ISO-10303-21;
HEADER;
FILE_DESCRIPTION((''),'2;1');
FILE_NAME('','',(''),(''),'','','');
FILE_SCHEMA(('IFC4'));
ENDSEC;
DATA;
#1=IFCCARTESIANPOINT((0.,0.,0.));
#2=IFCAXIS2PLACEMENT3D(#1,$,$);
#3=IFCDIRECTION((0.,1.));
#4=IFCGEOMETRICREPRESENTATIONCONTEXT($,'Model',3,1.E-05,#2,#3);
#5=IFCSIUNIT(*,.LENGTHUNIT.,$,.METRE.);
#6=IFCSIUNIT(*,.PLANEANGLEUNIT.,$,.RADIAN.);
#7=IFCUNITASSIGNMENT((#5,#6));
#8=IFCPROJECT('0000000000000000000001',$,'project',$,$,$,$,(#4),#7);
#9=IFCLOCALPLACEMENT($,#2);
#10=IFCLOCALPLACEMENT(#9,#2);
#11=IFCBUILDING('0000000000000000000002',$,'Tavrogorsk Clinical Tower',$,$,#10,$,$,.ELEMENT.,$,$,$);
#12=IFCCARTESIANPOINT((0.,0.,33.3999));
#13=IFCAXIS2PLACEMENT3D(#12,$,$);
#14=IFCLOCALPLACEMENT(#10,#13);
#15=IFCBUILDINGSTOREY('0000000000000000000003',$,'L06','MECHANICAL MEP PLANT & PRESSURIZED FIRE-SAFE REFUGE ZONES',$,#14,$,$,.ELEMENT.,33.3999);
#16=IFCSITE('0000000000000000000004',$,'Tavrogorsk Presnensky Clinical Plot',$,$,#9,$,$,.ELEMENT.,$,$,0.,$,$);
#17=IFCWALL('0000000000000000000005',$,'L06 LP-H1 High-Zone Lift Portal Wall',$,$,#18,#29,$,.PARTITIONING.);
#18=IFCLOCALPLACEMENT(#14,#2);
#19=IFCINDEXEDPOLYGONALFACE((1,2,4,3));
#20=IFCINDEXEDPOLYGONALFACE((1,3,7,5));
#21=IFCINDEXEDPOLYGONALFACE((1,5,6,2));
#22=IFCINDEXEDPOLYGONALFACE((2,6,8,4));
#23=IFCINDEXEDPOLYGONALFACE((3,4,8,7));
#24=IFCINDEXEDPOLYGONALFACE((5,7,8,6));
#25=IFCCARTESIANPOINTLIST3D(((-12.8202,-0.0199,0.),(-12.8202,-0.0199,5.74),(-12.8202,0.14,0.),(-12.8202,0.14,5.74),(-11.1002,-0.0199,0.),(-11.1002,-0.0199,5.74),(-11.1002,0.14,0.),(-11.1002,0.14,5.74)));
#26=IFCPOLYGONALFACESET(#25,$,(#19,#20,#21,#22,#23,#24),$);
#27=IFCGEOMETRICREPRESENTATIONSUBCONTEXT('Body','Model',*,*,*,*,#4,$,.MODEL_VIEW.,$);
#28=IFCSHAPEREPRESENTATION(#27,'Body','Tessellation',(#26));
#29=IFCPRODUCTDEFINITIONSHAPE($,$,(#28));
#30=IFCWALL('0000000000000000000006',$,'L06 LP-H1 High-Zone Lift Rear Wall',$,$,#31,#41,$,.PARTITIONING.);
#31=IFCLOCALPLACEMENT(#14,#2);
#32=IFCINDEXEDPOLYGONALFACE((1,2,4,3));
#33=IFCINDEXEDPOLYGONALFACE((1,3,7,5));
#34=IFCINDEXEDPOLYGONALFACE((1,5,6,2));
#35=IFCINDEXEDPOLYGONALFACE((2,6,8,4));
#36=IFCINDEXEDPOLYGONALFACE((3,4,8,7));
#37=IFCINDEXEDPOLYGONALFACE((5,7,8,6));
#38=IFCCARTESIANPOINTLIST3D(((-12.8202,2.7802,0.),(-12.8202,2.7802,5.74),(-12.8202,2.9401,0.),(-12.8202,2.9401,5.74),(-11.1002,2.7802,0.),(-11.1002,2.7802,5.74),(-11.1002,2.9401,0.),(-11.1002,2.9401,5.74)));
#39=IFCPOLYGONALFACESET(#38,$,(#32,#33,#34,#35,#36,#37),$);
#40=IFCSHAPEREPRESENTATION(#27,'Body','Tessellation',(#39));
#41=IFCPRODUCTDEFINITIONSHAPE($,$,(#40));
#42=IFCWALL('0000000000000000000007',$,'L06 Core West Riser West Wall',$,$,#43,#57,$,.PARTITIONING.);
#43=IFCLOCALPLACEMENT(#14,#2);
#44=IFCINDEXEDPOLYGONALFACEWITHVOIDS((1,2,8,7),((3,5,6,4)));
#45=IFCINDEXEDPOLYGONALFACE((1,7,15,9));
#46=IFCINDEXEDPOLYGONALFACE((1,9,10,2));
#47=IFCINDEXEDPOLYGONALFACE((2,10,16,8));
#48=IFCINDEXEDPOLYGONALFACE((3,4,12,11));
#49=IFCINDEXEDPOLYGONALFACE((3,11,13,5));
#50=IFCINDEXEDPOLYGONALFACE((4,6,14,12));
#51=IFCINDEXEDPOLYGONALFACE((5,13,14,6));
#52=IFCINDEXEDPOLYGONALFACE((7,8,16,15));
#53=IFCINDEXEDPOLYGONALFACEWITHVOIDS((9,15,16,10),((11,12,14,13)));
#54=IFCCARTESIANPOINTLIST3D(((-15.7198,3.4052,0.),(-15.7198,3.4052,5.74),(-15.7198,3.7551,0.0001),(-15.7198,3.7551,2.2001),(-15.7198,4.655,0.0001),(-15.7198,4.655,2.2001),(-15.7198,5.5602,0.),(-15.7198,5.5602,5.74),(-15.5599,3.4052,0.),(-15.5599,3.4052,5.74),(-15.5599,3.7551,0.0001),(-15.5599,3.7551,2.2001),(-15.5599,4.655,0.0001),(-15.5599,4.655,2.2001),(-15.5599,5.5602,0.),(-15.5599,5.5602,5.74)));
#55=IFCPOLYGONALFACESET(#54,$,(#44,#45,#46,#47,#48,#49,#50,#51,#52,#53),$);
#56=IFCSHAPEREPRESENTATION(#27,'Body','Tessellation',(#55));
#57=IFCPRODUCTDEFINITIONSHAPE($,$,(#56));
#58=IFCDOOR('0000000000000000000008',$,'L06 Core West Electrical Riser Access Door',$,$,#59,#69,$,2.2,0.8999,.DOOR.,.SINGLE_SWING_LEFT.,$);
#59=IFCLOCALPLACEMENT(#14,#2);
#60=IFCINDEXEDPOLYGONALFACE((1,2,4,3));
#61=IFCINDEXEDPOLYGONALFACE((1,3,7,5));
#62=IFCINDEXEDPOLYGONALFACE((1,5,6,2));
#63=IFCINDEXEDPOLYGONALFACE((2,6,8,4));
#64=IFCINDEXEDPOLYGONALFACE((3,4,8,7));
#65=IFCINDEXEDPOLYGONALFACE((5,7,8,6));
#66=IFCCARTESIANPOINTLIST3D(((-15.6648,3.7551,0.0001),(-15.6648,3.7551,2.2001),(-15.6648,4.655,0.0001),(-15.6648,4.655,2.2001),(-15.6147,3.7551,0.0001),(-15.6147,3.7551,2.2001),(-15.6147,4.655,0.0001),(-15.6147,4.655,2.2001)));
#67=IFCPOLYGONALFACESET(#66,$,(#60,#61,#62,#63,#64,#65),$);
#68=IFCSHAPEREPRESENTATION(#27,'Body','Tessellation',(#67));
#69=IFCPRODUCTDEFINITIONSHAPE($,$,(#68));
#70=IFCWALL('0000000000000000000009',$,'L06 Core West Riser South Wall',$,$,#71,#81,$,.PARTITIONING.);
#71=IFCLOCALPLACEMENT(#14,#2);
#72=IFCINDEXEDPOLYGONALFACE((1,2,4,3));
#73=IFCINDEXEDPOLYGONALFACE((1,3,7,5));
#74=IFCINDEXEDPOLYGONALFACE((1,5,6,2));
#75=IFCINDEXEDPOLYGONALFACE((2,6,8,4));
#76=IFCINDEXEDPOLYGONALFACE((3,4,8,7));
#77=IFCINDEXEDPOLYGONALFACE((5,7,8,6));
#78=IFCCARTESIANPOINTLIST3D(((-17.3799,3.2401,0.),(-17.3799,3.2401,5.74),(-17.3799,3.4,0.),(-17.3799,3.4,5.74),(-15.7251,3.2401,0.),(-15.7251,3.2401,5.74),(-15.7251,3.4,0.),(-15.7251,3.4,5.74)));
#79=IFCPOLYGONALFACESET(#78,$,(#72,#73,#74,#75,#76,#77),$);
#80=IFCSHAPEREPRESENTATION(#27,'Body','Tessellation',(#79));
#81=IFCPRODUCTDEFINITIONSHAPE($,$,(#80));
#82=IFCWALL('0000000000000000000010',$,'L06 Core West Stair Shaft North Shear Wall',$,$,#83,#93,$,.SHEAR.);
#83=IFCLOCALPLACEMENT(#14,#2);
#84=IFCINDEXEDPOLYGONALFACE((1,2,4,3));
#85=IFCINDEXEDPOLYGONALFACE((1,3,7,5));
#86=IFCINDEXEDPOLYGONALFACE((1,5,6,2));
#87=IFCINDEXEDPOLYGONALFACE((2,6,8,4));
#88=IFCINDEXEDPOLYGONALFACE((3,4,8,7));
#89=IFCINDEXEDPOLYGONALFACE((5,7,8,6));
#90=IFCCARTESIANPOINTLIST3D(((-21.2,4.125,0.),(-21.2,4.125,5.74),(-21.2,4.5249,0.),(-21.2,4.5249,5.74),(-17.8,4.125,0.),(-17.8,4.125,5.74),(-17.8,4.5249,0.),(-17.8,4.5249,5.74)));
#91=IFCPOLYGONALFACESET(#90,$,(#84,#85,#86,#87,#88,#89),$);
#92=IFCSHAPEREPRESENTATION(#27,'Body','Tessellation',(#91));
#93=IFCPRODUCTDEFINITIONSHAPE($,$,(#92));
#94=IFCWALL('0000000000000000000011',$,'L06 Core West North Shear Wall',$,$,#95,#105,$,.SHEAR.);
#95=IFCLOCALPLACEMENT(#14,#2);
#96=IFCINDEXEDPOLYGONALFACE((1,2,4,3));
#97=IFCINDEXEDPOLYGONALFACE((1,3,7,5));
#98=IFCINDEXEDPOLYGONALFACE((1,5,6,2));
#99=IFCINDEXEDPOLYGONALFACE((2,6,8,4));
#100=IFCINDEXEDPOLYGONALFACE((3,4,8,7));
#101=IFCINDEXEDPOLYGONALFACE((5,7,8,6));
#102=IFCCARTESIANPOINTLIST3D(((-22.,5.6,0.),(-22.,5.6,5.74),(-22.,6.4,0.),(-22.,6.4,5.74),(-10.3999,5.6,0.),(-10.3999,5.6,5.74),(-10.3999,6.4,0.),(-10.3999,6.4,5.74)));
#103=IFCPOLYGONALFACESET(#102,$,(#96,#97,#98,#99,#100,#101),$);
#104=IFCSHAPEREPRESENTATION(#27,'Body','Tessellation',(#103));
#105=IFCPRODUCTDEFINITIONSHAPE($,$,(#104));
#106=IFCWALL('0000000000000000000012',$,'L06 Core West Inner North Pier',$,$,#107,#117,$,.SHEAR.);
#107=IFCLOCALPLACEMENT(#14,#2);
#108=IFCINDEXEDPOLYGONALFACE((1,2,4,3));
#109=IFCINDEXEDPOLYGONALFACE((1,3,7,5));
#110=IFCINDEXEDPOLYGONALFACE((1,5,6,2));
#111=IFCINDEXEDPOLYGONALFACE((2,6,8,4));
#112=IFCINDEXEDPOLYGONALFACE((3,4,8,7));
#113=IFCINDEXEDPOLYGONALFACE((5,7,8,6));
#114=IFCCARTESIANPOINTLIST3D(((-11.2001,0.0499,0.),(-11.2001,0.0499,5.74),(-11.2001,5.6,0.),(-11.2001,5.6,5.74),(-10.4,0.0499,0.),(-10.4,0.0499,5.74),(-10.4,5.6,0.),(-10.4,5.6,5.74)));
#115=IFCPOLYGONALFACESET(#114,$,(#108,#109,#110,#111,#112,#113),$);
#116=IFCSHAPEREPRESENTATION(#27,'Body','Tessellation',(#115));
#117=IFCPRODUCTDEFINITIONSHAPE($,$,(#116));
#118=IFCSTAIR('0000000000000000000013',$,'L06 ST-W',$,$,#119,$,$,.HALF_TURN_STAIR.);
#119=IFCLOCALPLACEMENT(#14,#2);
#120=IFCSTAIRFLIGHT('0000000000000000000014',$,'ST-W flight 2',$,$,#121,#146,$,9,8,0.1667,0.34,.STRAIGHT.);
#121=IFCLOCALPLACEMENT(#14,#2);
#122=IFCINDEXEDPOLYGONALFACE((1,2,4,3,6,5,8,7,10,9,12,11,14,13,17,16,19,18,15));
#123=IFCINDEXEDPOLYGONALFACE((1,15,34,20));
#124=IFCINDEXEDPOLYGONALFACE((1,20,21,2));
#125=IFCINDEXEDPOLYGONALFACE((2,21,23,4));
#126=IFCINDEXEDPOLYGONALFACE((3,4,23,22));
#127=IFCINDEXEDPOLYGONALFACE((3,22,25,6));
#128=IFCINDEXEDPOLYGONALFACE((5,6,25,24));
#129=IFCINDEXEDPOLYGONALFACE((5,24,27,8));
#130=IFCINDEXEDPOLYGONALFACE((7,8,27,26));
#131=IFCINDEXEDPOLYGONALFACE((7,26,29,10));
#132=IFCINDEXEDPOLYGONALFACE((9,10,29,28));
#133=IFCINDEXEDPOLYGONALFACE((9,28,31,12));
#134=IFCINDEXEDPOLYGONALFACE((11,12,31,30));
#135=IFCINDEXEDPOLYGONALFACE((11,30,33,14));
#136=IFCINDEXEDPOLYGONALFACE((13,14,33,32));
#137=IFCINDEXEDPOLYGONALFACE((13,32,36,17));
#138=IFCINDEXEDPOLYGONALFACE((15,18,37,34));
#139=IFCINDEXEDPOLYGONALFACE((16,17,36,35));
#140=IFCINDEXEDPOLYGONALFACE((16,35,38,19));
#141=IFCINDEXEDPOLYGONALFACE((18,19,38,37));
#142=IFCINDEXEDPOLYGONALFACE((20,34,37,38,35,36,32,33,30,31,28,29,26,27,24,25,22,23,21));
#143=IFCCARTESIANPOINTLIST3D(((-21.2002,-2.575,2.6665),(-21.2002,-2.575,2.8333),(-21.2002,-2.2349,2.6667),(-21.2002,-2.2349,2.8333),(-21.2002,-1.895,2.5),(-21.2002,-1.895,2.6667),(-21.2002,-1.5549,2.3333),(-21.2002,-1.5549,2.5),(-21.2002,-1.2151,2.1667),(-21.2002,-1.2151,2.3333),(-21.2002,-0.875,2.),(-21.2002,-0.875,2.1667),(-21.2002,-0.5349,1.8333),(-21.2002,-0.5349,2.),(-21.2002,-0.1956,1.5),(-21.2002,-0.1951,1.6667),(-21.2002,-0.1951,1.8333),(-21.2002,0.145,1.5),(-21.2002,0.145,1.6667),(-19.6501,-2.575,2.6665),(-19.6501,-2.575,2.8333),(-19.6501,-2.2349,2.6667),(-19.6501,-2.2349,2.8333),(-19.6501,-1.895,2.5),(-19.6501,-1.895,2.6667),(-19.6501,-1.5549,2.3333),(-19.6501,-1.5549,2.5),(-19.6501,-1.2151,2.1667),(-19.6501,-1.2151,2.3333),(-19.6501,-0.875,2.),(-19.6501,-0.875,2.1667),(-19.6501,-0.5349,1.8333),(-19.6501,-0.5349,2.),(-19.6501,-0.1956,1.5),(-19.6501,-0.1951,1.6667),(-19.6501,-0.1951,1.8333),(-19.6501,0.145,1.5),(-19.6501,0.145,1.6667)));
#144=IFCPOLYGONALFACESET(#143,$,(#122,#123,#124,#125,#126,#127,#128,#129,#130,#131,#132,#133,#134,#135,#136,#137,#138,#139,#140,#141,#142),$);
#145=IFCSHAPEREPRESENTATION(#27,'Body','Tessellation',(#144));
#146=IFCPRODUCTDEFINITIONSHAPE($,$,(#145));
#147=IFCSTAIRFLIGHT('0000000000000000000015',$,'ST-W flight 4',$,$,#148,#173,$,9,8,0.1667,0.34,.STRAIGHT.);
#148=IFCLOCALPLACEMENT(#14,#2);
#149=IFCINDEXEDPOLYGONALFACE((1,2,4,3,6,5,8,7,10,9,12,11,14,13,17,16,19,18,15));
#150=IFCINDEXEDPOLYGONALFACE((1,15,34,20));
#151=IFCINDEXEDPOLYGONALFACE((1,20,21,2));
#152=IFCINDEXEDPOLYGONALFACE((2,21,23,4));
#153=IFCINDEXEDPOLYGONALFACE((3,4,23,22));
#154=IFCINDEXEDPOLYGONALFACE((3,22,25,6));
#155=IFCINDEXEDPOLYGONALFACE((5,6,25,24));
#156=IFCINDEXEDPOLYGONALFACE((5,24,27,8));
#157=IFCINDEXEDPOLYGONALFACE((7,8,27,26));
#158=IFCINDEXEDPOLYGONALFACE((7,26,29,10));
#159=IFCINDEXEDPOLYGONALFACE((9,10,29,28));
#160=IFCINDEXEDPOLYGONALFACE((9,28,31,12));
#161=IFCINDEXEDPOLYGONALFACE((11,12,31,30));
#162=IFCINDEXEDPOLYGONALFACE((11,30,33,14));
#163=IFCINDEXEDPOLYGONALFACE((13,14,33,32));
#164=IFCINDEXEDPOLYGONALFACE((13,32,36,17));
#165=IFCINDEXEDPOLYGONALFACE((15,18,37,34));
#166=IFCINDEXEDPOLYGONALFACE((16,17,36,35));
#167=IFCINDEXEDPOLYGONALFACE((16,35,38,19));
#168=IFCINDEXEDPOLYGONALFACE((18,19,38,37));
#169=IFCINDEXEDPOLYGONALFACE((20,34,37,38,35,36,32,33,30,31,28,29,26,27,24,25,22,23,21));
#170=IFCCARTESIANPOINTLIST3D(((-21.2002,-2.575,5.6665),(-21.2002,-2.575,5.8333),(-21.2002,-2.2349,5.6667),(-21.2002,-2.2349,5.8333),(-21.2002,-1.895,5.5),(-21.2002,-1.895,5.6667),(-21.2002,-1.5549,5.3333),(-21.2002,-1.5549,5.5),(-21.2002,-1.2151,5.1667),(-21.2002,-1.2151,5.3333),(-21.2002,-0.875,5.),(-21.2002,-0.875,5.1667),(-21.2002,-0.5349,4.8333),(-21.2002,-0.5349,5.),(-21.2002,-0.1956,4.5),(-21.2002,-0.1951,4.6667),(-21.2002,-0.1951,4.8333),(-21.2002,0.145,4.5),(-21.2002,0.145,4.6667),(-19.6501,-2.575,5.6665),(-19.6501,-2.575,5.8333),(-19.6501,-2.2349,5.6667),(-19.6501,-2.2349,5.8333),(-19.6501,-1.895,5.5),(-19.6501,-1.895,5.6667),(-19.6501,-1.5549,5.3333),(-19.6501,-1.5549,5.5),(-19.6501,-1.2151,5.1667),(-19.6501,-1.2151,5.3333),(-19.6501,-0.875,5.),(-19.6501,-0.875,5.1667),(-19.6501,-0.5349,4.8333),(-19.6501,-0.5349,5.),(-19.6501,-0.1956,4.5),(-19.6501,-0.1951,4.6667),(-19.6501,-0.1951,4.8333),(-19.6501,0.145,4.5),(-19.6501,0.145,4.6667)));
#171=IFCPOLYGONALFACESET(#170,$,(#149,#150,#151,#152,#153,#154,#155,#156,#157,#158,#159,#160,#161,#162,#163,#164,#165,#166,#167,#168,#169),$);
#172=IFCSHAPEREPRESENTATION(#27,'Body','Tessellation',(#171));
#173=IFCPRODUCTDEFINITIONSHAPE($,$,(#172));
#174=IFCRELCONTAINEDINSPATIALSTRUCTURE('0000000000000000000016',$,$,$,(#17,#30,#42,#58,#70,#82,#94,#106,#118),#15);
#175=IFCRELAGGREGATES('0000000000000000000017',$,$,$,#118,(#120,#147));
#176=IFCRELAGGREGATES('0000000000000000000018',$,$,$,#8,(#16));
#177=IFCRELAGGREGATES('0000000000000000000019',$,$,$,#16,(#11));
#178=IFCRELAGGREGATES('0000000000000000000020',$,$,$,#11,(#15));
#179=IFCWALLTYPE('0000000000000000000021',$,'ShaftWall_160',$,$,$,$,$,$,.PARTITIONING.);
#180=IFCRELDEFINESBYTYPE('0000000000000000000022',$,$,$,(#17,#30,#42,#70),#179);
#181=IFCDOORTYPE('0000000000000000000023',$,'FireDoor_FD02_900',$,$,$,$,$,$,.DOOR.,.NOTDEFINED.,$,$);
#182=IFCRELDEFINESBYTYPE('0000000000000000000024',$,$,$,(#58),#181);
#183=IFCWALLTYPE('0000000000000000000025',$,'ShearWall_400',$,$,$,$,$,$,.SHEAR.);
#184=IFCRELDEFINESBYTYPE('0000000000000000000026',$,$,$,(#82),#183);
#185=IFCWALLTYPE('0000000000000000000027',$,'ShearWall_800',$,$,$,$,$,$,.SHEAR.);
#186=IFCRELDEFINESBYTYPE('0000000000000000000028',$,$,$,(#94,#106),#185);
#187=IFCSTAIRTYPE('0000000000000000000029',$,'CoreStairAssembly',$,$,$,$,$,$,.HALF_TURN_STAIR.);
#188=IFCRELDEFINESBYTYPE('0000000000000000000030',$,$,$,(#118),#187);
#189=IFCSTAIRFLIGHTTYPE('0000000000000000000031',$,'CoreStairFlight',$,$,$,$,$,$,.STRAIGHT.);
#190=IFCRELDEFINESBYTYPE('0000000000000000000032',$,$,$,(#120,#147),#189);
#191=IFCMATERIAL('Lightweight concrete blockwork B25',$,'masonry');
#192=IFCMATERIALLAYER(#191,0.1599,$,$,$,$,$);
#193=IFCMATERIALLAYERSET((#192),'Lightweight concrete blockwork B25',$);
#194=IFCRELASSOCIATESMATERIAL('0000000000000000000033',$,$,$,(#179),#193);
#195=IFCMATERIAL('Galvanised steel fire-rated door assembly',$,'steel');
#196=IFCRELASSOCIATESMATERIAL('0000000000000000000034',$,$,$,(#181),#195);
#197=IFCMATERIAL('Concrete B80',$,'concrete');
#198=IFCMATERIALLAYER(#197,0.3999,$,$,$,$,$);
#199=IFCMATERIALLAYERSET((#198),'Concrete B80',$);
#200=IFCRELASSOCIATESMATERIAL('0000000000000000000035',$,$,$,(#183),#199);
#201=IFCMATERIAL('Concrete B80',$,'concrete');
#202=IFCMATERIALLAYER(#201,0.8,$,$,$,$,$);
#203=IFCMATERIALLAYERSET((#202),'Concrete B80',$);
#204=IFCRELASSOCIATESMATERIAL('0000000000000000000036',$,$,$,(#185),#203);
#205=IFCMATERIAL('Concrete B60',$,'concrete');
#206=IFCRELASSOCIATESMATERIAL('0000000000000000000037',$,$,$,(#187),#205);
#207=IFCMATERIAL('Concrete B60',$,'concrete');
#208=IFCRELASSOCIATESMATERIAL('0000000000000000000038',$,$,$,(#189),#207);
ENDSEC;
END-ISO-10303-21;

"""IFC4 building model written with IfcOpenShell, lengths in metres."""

from ifc_helpers import new_model, si_unit, direction, frame, frame_2d, origin, place, context, subcontext, project, spatial, polyline, rectangle, outline, extrude, material, layer, layer_set, type_object, element, fill, aggregate, save


model = new_model("IFC4")

# Units and contexts
model_context = context("Model", 3, precision=1e-05, world=origin(), true_north=direction((0.0, 1.0)))
body_context = subcontext(model_context, "Body", "Model", "MODEL_VIEW")
ifc_project = project(units=[si_unit("LENGTHUNIT", "METRE"), si_unit("PLANEANGLEUNIT", "RADIAN")], contexts=[model_context])

# Site, building, storey
site_placement = place(None, origin())
site = spatial("IfcSite", under=ifc_project, at=site_placement, Name="Tavrogorsk Presnensky Clinical Plot", CompositionType="ELEMENT", RefElevation=0.0)
building_placement = place(site_placement, origin())
building = spatial("IfcBuilding", under=site, at=building_placement, Name="Tavrogorsk Clinical Tower", CompositionType="ELEMENT")
storey_placement = place(building_placement, frame((0.0, 0.0, 33.3999)))
storey = spatial("IfcBuildingStorey", under=building, at=storey_placement, Name="L06", Description="MECHANICAL MEP PLANT & PRESSURIZED FIRE-SAFE REFUGE ZONES", CompositionType="ELEMENT", Elevation=33.3999)

# Shared definitions
ifc_material_1 = material(Name="Lightweight concrete blockwork B25", Category="masonry")
ifc_layer_1 = layer(ifc_material_1, 0.1599)
ifc_layer_set_1 = layer_set([ifc_layer_1], Name="Lightweight concrete blockwork B25")
wall_type_1 = type_object("IfcWallType", Name="ShaftWall_160", PredefinedType="PARTITIONING", material=ifc_layer_set_1)

# Walls
for number, where, z_axis, x_axis, name in (
    (1, (-12.8201, 0.0601, 0.0), (0.0, 0.0, 1.0), (1.0, 0.0, 0.0), "L06 LP-H1 High-Zone Lift Portal Wall"),
    (2, (-12.8201, 2.8601, 0.0), (0.0, 0.0, 1.0), (1.0, 0.0, 0.0), "L06 LP-H1 High-Zone Lift Rear Wall"),
):
    element("IfcWall", number, at=place(storey_placement, frame(where, z_axis=z_axis, x_axis=x_axis)), inside=storey, type_object=wall_type_1, Name=name, PredefinedType="PARTITIONING", context=body_context, shape_type="SweptSolid", body=[
        extrude(rectangle(XDim=1.72, YDim=0.1599, at=frame_2d((0.8599, 0.0))), origin(), (0.0, 0.0, 1.0), 5.74),
    ])

# Wall, opening, door
wall_1_placement = place(storey_placement, frame((-15.6399, 3.405, 0.0), z_axis=(0.0, 0.0, 1.0), x_axis=(0.0, 1.0, 0.0)))
wall_1 = element("IfcWall", 3, at=wall_1_placement, inside=storey, type_object=wall_type_1, Name="L06 Core West Riser West Wall", PredefinedType="PARTITIONING", context=body_context, shape_type="SweptSolid", body=[
    extrude(rectangle(XDim=2.155, YDim=0.1599, at=frame_2d((1.0776, 0.0))), origin(), (0.0, 0.0, 1.0), 5.74),
])
opening_1_placement = place(wall_1_placement, frame((0.3501, 0.0, 0.0)))
opening_1 = element("IfcOpeningElement", 4, at=opening_1_placement, cuts=wall_1, PredefinedType="OPENING", context=body_context, shape_type="SweptSolid", body=[
    extrude(rectangle(XDim=0.8999, YDim=2.2, at=frame_2d((0.45, 1.1001))), frame((0.0, 0.0898, 0.0), z_axis=(0.0, -1.0, 0.0), x_axis=(1.0, 0.0, 0.0)), (0.0, 0.0, 1.0), 0.1799),
])
ifc_material_2 = material(Name="Galvanised steel fire-rated door assembly", Category="steel")
door_type_1 = type_object("IfcDoorType", Name="FireDoor_FD02_900", OperationType="NOTDEFINED", PredefinedType="DOOR", material=ifc_material_2)
door_1_placement = place(opening_1_placement, origin())
door_1 = element("IfcDoor", 5, at=door_1_placement, inside=storey, type_object=door_type_1, Name="L06 Core West Electrical Riser Access Door", OperationType="SINGLE_SWING_LEFT", OverallHeight=2.2, OverallWidth=0.8999, PredefinedType="DOOR", context=body_context, shape_type="SweptSolid", body=[
    extrude(rectangle(XDim=0.8999, YDim=2.2, at=frame_2d((0.45, 1.1001))), frame((0.0, 0.0249, 0.0), z_axis=(0.0, -1.0, 0.0), x_axis=(1.0, 0.0, 0.0)), (0.0, 0.0, 1.0), 0.05),
])
fill(opening_1, door_1)

# Walls
wall_2_placement = place(storey_placement, frame((-17.3799, 3.3201, 0.0), z_axis=(0.0, 0.0, 1.0), x_axis=(1.0, 0.0, 0.0)))
element("IfcWall", 6, at=wall_2_placement, inside=storey, type_object=wall_type_1, Name="L06 Core West Riser South Wall", PredefinedType="PARTITIONING", context=body_context, shape_type="SweptSolid", body=[
    extrude(rectangle(XDim=1.6548, YDim=0.1599, at=frame_2d((0.8274, 0.0))), origin(), (0.0, 0.0, 1.0), 5.74),
])
ifc_material_3 = material(Name="Concrete B80", Category="concrete")
ifc_layer_2 = layer(ifc_material_3, 0.3999)
ifc_layer_set_2 = layer_set([ifc_layer_2], Name="Concrete B80")
wall_type_2 = type_object("IfcWallType", Name="ShearWall_400", PredefinedType="SHEAR", material=ifc_layer_set_2)
wall_3_placement = place(storey_placement, frame((-21.2, 4.325, 0.0), z_axis=(0.0, 0.0, 1.0), x_axis=(1.0, 0.0, 0.0)))
element("IfcWall", 7, at=wall_3_placement, inside=storey, type_object=wall_type_2, Name="L06 Core West Stair Shaft North Shear Wall", PredefinedType="SHEAR", context=body_context, shape_type="SweptSolid", body=[
    extrude(rectangle(XDim=3.3999, YDim=0.3999, at=frame_2d((1.7, 0.0))), origin(), (0.0, 0.0, 1.0), 5.74),
])
ifc_material_4 = material(Name="Concrete B80", Category="concrete")
ifc_layer_3 = layer(ifc_material_4, 0.8)
ifc_layer_set_3 = layer_set([ifc_layer_3], Name="Concrete B80")
wall_type_3 = type_object("IfcWallType", Name="ShearWall_800", PredefinedType="SHEAR", material=ifc_layer_set_3)
wall_4_placement = place(storey_placement, frame((-22.0, 6.0, 0.0), z_axis=(0.0, 0.0, 1.0), x_axis=(1.0, 0.0, 0.0)))
element("IfcWall", 8, at=wall_4_placement, inside=storey, type_object=wall_type_3, Name="L06 Core West North Shear Wall", PredefinedType="SHEAR", context=body_context, shape_type="SweptSolid", body=[
    extrude(rectangle(XDim=11.6001, YDim=0.8, at=frame_2d((5.8, 0.0))), origin(), (0.0, 0.0, 1.0), 5.74),
])
wall_5_placement = place(storey_placement, frame((-10.8, 0.05, 0.0), z_axis=(0.0, 0.0, 1.0), x_axis=(0.0, 1.0, 0.0)))
element("IfcWall", 9, at=wall_5_placement, inside=storey, type_object=wall_type_3, Name="L06 Core West Inner North Pier", PredefinedType="SHEAR", context=body_context, shape_type="SweptSolid", body=[
    extrude(rectangle(XDim=5.55, YDim=0.8, at=frame_2d((2.7749, 0.0))), origin(), (0.0, 0.0, 1.0), 5.74),
])

# Stair, stair flights
ifc_material_5 = material(Name="Concrete B60", Category="concrete")
stair_type = type_object("IfcStairType", Name="CoreStairAssembly", PredefinedType="HALF_TURN_STAIR", material=ifc_material_5)
stair_placement = place(storey_placement, origin())
stair = element("IfcStair", 10, at=stair_placement, inside=storey, type_object=stair_type, Name="L06 ST-W", PredefinedType="HALF_TURN_STAIR")
ifc_material_6 = material(Name="Concrete B60", Category="concrete")
stair_flight_type = type_object("IfcStairFlightType", Name="CoreStairFlight", PredefinedType="STRAIGHT", material=ifc_material_6)
stair_flight_1_placement = place(storey_placement, frame((-20.425, 0.145, 1.5), z_axis=(0.0, 0.0, 1.0), x_axis=(0.0, -1.0, 0.0)))
stair_flight_1 = element("IfcStairFlight", 11, at=stair_flight_1_placement, type_object=stair_flight_type, Name="ST-W flight 2", NumberOfRisers=9, NumberOfTreads=8, PredefinedType="STRAIGHT", RiserHeight=0.1667, TreadLength=0.34, context=body_context, shape_type="SweptSolid", body=[
    extrude(outline(polyline([(0.0, 0.0), (0.0, 0.1667), (0.3401, 0.1667), (0.3401, 0.3333), (0.6799, 0.3333), (0.6799, 0.5), (1.02, 0.5), (1.02, 0.6667), (1.3601, 0.6667), (1.3601, 0.8333), (1.7, 0.8333), (1.7, 1.0), (2.04, 1.0), (2.04, 1.1667), (2.3799, 1.1667), (2.3799, 1.3333), (2.72, 1.3333), (2.72, 1.5), (2.72, 1.1665), (0.3406, 0.0), (0.0, 0.0)])), frame((0.0, 0.7749, 0.0), z_axis=(0.0, -1.0, 0.0), x_axis=(1.0, 0.0, 0.0)), (0.0, 0.0, 1.0), 1.55),
])
stair_flight_2_placement = place(storey_placement, frame((-20.425, 0.145, 4.5), z_axis=(0.0, 0.0, 1.0), x_axis=(0.0, -1.0, 0.0)))
stair_flight_2 = element("IfcStairFlight", 12, at=stair_flight_2_placement, type_object=stair_flight_type, Name="ST-W flight 4", NumberOfRisers=9, NumberOfTreads=8, PredefinedType="STRAIGHT", RiserHeight=0.1667, TreadLength=0.34, context=body_context, shape_type="SweptSolid", body=[
    extrude(outline(polyline([(0.0, 0.0), (0.0, 0.1667), (0.3401, 0.1667), (0.3401, 0.3333), (0.6799, 0.3333), (0.6799, 0.5), (1.02, 0.5), (1.02, 0.6667), (1.3601, 0.6667), (1.3601, 0.8333), (1.7, 0.8333), (1.7, 1.0), (2.04, 1.0), (2.04, 1.1667), (2.3799, 1.1667), (2.3799, 1.3333), (2.72, 1.3333), (2.72, 1.5), (2.72, 1.1665), (0.3406, 0.0), (0.0, 0.0)])), frame((0.0, 0.7749, 0.0), z_axis=(0.0, -1.0, 0.0), x_axis=(1.0, 0.0, 0.0)), (0.0, 0.0, 1.0), 1.55),
])
aggregate(stair, [stair_flight_1, stair_flight_2])

save(model, "model.ifc")
